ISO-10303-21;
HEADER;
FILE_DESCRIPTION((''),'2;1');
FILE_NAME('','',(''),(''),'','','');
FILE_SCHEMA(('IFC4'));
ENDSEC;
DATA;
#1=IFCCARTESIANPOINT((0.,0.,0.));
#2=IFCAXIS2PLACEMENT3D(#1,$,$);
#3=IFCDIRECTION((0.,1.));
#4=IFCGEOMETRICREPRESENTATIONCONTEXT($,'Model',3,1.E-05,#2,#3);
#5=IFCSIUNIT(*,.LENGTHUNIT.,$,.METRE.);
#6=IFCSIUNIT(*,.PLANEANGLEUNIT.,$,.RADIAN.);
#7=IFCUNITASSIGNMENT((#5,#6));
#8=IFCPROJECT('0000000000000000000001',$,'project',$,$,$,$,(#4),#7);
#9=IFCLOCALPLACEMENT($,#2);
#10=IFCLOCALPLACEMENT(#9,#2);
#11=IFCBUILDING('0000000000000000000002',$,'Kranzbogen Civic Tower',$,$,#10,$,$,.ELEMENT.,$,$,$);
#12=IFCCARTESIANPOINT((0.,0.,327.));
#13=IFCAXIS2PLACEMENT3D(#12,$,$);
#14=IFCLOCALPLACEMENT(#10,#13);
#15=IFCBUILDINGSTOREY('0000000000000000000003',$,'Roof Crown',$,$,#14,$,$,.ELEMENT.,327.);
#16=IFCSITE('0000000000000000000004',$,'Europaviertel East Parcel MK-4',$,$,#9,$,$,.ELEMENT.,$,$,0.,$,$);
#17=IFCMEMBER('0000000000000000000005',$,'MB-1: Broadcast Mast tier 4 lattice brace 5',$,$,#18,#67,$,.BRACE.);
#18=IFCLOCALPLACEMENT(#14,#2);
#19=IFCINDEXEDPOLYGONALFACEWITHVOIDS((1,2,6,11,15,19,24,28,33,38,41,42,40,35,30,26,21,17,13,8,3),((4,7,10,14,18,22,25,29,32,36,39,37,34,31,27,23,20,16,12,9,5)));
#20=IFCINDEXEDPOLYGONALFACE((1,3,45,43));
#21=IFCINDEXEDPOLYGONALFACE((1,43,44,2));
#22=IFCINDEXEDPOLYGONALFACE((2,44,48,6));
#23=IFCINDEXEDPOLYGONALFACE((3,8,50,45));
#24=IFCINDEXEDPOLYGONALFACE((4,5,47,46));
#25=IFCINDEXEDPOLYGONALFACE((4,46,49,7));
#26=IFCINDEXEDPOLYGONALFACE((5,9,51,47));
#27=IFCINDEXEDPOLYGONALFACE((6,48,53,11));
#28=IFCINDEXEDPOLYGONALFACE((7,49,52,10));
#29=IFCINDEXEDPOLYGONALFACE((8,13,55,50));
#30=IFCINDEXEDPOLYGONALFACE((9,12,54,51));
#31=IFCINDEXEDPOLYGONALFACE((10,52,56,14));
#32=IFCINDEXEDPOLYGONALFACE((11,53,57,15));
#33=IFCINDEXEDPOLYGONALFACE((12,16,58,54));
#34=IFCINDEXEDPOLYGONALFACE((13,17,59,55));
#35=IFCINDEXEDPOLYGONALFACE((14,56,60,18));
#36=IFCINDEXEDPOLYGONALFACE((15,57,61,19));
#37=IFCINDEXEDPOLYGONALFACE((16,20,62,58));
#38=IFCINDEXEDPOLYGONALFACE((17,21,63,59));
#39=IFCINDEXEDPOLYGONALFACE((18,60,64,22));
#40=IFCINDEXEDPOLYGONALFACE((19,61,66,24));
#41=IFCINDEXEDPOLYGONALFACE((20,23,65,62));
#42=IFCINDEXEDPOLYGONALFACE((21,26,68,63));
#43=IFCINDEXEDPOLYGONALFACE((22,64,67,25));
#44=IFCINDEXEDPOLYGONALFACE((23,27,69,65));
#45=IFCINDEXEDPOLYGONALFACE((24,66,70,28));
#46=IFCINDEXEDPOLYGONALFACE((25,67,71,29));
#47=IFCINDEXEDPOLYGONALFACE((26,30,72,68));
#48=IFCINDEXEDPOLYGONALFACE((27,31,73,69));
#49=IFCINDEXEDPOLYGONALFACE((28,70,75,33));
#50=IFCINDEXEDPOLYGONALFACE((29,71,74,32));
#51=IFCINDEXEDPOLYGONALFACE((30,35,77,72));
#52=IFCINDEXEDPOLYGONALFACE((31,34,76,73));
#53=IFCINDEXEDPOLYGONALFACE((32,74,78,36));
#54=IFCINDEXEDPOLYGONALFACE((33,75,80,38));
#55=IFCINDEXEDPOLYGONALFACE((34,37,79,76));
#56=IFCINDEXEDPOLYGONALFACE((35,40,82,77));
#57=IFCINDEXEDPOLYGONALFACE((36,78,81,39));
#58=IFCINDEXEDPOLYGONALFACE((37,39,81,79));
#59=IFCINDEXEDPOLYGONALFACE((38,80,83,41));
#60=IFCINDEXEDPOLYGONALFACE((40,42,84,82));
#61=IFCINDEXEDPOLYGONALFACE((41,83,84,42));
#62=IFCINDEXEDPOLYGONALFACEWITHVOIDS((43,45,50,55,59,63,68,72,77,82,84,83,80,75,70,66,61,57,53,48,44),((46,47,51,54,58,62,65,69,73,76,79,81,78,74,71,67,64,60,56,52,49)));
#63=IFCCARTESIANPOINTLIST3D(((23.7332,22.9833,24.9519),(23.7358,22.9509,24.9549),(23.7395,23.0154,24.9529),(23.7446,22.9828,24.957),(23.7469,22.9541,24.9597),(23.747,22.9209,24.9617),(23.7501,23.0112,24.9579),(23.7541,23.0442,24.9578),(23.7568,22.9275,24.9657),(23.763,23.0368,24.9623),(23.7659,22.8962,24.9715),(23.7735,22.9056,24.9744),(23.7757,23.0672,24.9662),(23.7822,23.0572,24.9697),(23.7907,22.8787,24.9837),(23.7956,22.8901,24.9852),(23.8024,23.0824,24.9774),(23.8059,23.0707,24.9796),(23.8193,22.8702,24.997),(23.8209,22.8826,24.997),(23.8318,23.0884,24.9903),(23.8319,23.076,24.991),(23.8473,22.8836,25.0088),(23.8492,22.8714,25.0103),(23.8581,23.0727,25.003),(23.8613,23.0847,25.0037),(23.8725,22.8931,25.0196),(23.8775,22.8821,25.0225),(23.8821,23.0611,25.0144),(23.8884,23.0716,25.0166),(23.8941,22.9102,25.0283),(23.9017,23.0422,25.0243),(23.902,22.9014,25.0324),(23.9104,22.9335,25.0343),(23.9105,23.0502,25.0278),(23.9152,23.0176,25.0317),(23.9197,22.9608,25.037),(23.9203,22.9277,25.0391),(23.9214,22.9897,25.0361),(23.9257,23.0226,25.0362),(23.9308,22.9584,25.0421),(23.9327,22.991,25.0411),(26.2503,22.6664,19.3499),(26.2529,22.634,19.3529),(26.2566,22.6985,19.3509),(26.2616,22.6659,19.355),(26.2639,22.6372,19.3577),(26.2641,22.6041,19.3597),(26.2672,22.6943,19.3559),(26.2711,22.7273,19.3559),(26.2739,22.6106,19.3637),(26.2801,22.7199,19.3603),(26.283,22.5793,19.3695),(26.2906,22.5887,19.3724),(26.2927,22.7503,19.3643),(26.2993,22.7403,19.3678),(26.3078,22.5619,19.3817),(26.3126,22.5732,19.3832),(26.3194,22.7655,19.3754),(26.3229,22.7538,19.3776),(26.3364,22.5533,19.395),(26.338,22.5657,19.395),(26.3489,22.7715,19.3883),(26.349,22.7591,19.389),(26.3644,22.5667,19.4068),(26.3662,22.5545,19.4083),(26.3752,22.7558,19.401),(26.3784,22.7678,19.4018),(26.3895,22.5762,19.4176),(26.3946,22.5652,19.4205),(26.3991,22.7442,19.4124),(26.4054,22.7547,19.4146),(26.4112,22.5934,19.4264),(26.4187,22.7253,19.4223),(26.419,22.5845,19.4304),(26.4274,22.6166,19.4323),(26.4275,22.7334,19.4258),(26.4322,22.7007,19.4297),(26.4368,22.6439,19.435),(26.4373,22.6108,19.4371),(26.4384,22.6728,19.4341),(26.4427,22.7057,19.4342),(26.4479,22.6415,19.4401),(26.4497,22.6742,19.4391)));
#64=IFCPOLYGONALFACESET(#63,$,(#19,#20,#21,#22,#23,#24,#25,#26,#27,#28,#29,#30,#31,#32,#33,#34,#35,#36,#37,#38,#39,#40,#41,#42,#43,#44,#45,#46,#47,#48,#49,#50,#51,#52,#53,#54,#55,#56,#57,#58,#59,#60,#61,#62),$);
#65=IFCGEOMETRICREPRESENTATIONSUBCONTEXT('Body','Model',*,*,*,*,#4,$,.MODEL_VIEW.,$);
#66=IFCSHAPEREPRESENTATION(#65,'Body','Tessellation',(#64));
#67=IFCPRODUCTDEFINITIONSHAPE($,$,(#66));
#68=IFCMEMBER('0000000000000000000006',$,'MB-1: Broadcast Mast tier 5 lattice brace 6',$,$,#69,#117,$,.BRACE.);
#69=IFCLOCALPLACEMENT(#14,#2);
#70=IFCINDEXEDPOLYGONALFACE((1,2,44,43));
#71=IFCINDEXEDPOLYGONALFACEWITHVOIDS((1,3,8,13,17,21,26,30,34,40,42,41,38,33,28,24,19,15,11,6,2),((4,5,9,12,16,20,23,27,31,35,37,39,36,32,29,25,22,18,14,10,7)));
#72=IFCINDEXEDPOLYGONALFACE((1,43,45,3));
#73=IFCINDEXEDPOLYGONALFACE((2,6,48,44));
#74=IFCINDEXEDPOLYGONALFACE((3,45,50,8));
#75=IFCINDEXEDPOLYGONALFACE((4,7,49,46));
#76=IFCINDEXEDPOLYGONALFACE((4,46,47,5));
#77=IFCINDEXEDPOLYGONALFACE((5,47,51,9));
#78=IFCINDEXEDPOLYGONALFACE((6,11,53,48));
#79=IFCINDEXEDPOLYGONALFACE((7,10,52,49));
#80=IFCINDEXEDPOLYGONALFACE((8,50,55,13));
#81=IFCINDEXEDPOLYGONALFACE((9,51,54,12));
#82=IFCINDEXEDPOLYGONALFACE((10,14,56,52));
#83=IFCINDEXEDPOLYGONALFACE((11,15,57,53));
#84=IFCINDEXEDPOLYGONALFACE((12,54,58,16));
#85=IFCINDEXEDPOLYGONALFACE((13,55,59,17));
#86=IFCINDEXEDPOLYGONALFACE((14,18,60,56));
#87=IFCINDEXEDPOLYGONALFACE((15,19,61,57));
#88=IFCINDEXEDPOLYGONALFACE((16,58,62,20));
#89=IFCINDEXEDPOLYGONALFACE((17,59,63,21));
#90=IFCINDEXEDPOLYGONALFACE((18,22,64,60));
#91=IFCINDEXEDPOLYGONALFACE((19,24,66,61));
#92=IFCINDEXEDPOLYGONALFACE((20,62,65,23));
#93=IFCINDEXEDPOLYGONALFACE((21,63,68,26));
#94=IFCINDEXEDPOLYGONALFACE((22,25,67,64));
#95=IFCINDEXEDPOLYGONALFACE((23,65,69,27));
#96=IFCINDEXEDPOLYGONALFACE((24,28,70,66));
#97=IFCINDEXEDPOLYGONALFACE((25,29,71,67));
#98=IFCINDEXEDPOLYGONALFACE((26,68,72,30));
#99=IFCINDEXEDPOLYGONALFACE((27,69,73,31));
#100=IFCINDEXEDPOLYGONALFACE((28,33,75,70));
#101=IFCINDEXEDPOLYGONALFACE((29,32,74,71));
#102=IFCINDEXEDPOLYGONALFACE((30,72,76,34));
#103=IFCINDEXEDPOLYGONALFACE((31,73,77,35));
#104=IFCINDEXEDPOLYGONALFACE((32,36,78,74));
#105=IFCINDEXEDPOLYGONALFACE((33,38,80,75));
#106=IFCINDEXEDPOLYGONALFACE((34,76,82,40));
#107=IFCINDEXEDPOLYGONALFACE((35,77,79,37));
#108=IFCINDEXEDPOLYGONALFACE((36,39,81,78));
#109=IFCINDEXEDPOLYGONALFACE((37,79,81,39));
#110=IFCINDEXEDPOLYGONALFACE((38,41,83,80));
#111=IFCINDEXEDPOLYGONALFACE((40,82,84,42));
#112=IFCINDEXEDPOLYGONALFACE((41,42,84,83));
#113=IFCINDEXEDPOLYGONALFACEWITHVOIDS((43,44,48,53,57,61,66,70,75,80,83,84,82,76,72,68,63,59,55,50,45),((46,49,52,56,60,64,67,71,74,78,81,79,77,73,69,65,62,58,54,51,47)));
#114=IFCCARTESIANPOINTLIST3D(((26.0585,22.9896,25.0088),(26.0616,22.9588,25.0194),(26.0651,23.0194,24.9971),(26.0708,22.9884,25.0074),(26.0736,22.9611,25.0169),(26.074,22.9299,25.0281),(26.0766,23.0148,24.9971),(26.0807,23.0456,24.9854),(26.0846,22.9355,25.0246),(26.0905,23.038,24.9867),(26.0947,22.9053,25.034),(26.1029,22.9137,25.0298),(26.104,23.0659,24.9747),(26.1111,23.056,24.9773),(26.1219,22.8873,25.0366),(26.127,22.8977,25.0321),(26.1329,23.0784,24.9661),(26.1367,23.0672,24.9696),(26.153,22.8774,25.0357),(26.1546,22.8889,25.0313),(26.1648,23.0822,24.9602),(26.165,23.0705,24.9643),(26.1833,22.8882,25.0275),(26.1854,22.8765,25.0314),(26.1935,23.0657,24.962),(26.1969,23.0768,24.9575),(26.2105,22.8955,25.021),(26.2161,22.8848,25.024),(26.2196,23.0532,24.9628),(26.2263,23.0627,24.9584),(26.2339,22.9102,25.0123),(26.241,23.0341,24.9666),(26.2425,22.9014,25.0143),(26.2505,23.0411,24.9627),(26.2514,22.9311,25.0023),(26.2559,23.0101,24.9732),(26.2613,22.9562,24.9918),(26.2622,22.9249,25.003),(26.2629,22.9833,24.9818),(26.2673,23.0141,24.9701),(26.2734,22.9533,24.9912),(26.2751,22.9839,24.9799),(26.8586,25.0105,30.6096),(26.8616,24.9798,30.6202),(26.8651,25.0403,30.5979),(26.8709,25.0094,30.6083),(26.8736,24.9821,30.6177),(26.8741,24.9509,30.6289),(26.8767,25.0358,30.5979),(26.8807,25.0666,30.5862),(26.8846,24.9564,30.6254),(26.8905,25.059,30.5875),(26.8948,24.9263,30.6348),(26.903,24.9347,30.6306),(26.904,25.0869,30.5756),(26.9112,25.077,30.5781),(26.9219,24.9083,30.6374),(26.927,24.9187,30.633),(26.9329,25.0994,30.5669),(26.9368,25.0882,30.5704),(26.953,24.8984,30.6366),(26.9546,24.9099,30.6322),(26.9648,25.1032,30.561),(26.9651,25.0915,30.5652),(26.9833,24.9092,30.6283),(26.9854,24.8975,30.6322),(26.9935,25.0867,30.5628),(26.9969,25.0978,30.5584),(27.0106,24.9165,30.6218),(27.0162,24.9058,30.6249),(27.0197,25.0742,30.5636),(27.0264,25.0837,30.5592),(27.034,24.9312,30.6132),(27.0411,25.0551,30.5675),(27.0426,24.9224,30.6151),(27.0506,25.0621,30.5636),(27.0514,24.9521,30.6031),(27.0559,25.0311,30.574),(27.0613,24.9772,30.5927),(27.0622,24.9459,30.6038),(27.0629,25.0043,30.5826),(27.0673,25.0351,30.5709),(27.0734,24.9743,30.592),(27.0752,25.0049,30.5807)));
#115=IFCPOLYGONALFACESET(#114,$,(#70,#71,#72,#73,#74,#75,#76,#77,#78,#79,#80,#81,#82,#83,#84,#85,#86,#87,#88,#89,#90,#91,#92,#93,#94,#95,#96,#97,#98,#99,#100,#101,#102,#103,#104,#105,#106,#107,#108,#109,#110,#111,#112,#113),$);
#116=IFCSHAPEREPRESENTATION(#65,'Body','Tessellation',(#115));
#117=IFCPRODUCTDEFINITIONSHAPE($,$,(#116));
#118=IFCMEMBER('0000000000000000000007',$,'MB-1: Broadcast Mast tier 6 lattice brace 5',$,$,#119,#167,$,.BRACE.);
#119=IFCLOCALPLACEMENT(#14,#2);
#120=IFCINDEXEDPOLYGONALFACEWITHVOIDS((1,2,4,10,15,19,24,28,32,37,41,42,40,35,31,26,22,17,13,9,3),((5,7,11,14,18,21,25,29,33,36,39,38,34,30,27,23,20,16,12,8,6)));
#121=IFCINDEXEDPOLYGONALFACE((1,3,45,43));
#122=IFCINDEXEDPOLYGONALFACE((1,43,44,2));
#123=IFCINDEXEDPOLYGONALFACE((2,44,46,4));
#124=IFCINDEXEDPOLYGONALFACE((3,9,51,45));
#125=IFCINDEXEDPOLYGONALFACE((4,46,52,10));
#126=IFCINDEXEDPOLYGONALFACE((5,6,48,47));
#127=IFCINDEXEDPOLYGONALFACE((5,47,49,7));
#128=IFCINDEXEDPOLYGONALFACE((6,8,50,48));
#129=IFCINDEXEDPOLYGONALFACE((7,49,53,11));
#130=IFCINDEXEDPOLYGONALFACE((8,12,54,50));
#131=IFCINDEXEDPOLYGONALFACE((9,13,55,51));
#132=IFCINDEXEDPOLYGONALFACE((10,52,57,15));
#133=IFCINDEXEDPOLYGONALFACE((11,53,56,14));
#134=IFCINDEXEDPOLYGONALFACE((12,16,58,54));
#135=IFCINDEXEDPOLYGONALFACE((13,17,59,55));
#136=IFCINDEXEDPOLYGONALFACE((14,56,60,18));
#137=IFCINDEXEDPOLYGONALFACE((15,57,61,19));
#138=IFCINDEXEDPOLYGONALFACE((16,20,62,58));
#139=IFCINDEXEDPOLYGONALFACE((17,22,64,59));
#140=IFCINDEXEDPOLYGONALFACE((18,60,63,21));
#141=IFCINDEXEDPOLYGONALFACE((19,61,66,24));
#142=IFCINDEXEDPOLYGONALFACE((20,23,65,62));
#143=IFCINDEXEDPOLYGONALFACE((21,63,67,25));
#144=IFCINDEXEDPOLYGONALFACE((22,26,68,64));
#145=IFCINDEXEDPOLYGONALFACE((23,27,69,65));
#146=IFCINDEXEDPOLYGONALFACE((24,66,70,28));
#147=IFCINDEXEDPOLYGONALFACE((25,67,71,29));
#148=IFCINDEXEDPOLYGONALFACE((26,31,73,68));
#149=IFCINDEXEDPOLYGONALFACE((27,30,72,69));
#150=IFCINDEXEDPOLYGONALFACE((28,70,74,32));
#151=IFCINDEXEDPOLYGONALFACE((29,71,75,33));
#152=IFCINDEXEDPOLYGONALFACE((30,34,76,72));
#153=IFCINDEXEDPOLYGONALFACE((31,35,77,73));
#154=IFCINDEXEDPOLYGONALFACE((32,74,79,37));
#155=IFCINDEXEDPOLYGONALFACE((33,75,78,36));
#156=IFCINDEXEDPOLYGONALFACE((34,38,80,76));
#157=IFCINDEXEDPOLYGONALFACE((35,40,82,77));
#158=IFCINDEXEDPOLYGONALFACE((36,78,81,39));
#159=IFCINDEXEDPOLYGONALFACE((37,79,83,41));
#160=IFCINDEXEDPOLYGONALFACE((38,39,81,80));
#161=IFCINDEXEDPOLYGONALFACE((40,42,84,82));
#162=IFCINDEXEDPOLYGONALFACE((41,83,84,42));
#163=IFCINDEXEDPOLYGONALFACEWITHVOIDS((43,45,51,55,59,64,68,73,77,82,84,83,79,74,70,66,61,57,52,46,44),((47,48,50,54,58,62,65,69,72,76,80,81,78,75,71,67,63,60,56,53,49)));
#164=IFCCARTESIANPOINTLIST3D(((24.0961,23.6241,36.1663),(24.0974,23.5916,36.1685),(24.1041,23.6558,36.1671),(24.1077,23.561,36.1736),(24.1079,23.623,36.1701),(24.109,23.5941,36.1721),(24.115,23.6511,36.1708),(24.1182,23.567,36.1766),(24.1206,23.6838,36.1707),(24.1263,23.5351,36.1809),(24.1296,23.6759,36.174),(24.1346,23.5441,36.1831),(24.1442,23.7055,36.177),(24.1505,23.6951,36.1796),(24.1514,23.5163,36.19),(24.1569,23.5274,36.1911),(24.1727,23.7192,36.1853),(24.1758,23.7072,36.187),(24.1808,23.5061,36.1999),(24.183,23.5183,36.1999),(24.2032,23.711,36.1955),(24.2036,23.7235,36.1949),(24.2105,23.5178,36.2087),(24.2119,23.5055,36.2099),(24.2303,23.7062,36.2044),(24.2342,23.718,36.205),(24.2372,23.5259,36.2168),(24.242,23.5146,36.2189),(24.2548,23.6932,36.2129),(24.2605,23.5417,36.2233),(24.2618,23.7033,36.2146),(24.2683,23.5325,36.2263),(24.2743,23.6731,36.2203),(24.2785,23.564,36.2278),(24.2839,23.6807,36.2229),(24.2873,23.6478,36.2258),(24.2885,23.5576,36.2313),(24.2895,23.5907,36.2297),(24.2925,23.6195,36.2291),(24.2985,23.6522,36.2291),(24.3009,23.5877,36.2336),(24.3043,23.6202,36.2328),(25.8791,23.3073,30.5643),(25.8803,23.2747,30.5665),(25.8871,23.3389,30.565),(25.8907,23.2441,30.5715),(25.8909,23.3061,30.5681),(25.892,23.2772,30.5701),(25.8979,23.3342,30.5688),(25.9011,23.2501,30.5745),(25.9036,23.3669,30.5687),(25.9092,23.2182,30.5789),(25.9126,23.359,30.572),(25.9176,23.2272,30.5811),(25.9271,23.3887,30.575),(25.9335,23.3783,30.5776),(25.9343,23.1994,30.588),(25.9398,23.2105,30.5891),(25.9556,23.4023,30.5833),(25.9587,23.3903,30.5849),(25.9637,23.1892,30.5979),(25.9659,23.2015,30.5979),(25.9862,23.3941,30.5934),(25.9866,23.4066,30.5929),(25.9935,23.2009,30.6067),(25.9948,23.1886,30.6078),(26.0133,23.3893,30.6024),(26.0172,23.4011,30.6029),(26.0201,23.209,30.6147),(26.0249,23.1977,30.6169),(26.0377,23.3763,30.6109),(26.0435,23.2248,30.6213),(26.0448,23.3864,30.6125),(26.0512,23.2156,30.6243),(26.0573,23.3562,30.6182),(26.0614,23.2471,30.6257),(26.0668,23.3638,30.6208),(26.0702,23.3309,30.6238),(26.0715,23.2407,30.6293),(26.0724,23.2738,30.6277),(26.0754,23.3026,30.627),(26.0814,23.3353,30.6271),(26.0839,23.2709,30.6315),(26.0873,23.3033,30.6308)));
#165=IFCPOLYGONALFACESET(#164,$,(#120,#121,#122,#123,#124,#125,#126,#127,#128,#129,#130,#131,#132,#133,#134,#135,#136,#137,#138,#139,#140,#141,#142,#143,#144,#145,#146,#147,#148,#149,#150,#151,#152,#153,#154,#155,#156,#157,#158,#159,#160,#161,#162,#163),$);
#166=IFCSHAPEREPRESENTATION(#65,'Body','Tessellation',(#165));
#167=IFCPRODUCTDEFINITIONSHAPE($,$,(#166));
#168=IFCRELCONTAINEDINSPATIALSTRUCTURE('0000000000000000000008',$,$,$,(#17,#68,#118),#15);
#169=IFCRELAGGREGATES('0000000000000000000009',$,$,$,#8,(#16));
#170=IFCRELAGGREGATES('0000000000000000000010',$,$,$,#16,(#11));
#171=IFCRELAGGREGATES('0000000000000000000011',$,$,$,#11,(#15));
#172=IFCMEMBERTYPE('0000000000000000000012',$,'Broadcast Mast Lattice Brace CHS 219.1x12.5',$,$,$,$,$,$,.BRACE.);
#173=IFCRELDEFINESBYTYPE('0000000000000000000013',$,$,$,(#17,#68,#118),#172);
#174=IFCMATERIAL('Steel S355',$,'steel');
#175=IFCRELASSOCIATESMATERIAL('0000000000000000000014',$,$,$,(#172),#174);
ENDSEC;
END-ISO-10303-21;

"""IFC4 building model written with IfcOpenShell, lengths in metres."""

from ifc_helpers import new_model, si_unit, direction, frame, origin, origin_2d, place, context, subcontext, project, spatial, hollow_circle, extrude, material, material_profile, profile_set, type_object, element, save


model = new_model("IFC4")

# Units and contexts
model_context = context("Model", 3, precision=1e-05, world=origin(), true_north=direction((0.0, 1.0)))
body_context = subcontext(model_context, "Body", "Model", "MODEL_VIEW")
ifc_project = project(units=[si_unit("LENGTHUNIT", "METRE"), si_unit("PLANEANGLEUNIT", "RADIAN")], contexts=[model_context])

# Site, building, storey
site_placement = place(None, origin())
site = spatial("IfcSite", under=ifc_project, at=site_placement, Name="Europaviertel East Parcel MK-4", CompositionType="ELEMENT", RefElevation=0.0)
building_placement = place(site_placement, origin())
building = spatial("IfcBuilding", under=site, at=building_placement, Name="Kranzbogen Civic Tower", CompositionType="ELEMENT")
storey_placement = place(building_placement, frame((0.0, 0.0, 327.0)))
storey = spatial("IfcBuildingStorey", under=building, at=storey_placement, Name="Roof Crown", CompositionType="ELEMENT", Elevation=327.0)

# Members
ifc_material = material(Name="Steel S355", Category="steel")
ifc_material_profile_1 = material_profile(ifc_material, hollow_circle(Radius=0.1096, WallThickness=0.0125, at=origin_2d()), Name="CHS 219.1x12.5")
ifc_profile_set_1 = profile_set([ifc_material_profile_1], Name="Steel S355")
member_type_1 = type_object("IfcMemberType", Name="Broadcast Mast Lattice Brace CHS 219.1x12.5", PredefinedType="BRACE", material=ifc_profile_set_1)
member_1_placement = place(storey_placement, frame((26.3501, 22.6621, 19.395), z_axis=(-0.409301, 0.05153, 0.910943), x_axis=(-0.124911, -0.992168, 0.0)))
element("IfcMember", 1, at=member_1_placement, inside=storey, type_object=member_type_1, Name="MB-1: Broadcast Mast tier 4 lattice brace 5", PredefinedType="BRACE", context=body_context, shape_type="SweptSolid", body=[
    extrude(hollow_circle(Radius=0.1096, WallThickness=0.0125, at=origin_2d()), origin(), (0.0, 0.0, 1.0), 6.1497),
])
member_2_placement = place(storey_placement, frame((26.167, 22.979, 24.9971), z_axis=(0.133168, 0.336395, 0.932258), x_axis=(-0.929795, 0.368077, 0.0)))
element("IfcMember", 2, at=member_2_placement, inside=storey, type_object=member_type_1, Name="MB-1: Broadcast Mast tier 5 lattice brace 6", PredefinedType="BRACE", context=body_context, shape_type="SweptSolid", body=[
    extrude(hollow_circle(Radius=0.1096, WallThickness=0.0125, at=origin_2d()), origin(), (0.0, 0.0, 1.0), 6.0078),
])
member_3_placement = place(storey_placement, frame((25.9829, 23.2971, 30.5979), z_axis=(-0.302839, 0.053825, 0.95152), x_axis=(-0.174993, -0.98457, 0.0)))
element("IfcMember", 3, at=member_3_placement, inside=storey, type_object=member_type_1, Name="MB-1: Broadcast Mast tier 6 lattice brace 5", PredefinedType="BRACE", context=body_context, shape_type="SweptSolid", body=[
    extrude(hollow_circle(Radius=0.1096, WallThickness=0.0125, at=origin_2d()), origin(), (0.0, 0.0, 1.0), 5.8875),
])

save(model, "model.ifc")
